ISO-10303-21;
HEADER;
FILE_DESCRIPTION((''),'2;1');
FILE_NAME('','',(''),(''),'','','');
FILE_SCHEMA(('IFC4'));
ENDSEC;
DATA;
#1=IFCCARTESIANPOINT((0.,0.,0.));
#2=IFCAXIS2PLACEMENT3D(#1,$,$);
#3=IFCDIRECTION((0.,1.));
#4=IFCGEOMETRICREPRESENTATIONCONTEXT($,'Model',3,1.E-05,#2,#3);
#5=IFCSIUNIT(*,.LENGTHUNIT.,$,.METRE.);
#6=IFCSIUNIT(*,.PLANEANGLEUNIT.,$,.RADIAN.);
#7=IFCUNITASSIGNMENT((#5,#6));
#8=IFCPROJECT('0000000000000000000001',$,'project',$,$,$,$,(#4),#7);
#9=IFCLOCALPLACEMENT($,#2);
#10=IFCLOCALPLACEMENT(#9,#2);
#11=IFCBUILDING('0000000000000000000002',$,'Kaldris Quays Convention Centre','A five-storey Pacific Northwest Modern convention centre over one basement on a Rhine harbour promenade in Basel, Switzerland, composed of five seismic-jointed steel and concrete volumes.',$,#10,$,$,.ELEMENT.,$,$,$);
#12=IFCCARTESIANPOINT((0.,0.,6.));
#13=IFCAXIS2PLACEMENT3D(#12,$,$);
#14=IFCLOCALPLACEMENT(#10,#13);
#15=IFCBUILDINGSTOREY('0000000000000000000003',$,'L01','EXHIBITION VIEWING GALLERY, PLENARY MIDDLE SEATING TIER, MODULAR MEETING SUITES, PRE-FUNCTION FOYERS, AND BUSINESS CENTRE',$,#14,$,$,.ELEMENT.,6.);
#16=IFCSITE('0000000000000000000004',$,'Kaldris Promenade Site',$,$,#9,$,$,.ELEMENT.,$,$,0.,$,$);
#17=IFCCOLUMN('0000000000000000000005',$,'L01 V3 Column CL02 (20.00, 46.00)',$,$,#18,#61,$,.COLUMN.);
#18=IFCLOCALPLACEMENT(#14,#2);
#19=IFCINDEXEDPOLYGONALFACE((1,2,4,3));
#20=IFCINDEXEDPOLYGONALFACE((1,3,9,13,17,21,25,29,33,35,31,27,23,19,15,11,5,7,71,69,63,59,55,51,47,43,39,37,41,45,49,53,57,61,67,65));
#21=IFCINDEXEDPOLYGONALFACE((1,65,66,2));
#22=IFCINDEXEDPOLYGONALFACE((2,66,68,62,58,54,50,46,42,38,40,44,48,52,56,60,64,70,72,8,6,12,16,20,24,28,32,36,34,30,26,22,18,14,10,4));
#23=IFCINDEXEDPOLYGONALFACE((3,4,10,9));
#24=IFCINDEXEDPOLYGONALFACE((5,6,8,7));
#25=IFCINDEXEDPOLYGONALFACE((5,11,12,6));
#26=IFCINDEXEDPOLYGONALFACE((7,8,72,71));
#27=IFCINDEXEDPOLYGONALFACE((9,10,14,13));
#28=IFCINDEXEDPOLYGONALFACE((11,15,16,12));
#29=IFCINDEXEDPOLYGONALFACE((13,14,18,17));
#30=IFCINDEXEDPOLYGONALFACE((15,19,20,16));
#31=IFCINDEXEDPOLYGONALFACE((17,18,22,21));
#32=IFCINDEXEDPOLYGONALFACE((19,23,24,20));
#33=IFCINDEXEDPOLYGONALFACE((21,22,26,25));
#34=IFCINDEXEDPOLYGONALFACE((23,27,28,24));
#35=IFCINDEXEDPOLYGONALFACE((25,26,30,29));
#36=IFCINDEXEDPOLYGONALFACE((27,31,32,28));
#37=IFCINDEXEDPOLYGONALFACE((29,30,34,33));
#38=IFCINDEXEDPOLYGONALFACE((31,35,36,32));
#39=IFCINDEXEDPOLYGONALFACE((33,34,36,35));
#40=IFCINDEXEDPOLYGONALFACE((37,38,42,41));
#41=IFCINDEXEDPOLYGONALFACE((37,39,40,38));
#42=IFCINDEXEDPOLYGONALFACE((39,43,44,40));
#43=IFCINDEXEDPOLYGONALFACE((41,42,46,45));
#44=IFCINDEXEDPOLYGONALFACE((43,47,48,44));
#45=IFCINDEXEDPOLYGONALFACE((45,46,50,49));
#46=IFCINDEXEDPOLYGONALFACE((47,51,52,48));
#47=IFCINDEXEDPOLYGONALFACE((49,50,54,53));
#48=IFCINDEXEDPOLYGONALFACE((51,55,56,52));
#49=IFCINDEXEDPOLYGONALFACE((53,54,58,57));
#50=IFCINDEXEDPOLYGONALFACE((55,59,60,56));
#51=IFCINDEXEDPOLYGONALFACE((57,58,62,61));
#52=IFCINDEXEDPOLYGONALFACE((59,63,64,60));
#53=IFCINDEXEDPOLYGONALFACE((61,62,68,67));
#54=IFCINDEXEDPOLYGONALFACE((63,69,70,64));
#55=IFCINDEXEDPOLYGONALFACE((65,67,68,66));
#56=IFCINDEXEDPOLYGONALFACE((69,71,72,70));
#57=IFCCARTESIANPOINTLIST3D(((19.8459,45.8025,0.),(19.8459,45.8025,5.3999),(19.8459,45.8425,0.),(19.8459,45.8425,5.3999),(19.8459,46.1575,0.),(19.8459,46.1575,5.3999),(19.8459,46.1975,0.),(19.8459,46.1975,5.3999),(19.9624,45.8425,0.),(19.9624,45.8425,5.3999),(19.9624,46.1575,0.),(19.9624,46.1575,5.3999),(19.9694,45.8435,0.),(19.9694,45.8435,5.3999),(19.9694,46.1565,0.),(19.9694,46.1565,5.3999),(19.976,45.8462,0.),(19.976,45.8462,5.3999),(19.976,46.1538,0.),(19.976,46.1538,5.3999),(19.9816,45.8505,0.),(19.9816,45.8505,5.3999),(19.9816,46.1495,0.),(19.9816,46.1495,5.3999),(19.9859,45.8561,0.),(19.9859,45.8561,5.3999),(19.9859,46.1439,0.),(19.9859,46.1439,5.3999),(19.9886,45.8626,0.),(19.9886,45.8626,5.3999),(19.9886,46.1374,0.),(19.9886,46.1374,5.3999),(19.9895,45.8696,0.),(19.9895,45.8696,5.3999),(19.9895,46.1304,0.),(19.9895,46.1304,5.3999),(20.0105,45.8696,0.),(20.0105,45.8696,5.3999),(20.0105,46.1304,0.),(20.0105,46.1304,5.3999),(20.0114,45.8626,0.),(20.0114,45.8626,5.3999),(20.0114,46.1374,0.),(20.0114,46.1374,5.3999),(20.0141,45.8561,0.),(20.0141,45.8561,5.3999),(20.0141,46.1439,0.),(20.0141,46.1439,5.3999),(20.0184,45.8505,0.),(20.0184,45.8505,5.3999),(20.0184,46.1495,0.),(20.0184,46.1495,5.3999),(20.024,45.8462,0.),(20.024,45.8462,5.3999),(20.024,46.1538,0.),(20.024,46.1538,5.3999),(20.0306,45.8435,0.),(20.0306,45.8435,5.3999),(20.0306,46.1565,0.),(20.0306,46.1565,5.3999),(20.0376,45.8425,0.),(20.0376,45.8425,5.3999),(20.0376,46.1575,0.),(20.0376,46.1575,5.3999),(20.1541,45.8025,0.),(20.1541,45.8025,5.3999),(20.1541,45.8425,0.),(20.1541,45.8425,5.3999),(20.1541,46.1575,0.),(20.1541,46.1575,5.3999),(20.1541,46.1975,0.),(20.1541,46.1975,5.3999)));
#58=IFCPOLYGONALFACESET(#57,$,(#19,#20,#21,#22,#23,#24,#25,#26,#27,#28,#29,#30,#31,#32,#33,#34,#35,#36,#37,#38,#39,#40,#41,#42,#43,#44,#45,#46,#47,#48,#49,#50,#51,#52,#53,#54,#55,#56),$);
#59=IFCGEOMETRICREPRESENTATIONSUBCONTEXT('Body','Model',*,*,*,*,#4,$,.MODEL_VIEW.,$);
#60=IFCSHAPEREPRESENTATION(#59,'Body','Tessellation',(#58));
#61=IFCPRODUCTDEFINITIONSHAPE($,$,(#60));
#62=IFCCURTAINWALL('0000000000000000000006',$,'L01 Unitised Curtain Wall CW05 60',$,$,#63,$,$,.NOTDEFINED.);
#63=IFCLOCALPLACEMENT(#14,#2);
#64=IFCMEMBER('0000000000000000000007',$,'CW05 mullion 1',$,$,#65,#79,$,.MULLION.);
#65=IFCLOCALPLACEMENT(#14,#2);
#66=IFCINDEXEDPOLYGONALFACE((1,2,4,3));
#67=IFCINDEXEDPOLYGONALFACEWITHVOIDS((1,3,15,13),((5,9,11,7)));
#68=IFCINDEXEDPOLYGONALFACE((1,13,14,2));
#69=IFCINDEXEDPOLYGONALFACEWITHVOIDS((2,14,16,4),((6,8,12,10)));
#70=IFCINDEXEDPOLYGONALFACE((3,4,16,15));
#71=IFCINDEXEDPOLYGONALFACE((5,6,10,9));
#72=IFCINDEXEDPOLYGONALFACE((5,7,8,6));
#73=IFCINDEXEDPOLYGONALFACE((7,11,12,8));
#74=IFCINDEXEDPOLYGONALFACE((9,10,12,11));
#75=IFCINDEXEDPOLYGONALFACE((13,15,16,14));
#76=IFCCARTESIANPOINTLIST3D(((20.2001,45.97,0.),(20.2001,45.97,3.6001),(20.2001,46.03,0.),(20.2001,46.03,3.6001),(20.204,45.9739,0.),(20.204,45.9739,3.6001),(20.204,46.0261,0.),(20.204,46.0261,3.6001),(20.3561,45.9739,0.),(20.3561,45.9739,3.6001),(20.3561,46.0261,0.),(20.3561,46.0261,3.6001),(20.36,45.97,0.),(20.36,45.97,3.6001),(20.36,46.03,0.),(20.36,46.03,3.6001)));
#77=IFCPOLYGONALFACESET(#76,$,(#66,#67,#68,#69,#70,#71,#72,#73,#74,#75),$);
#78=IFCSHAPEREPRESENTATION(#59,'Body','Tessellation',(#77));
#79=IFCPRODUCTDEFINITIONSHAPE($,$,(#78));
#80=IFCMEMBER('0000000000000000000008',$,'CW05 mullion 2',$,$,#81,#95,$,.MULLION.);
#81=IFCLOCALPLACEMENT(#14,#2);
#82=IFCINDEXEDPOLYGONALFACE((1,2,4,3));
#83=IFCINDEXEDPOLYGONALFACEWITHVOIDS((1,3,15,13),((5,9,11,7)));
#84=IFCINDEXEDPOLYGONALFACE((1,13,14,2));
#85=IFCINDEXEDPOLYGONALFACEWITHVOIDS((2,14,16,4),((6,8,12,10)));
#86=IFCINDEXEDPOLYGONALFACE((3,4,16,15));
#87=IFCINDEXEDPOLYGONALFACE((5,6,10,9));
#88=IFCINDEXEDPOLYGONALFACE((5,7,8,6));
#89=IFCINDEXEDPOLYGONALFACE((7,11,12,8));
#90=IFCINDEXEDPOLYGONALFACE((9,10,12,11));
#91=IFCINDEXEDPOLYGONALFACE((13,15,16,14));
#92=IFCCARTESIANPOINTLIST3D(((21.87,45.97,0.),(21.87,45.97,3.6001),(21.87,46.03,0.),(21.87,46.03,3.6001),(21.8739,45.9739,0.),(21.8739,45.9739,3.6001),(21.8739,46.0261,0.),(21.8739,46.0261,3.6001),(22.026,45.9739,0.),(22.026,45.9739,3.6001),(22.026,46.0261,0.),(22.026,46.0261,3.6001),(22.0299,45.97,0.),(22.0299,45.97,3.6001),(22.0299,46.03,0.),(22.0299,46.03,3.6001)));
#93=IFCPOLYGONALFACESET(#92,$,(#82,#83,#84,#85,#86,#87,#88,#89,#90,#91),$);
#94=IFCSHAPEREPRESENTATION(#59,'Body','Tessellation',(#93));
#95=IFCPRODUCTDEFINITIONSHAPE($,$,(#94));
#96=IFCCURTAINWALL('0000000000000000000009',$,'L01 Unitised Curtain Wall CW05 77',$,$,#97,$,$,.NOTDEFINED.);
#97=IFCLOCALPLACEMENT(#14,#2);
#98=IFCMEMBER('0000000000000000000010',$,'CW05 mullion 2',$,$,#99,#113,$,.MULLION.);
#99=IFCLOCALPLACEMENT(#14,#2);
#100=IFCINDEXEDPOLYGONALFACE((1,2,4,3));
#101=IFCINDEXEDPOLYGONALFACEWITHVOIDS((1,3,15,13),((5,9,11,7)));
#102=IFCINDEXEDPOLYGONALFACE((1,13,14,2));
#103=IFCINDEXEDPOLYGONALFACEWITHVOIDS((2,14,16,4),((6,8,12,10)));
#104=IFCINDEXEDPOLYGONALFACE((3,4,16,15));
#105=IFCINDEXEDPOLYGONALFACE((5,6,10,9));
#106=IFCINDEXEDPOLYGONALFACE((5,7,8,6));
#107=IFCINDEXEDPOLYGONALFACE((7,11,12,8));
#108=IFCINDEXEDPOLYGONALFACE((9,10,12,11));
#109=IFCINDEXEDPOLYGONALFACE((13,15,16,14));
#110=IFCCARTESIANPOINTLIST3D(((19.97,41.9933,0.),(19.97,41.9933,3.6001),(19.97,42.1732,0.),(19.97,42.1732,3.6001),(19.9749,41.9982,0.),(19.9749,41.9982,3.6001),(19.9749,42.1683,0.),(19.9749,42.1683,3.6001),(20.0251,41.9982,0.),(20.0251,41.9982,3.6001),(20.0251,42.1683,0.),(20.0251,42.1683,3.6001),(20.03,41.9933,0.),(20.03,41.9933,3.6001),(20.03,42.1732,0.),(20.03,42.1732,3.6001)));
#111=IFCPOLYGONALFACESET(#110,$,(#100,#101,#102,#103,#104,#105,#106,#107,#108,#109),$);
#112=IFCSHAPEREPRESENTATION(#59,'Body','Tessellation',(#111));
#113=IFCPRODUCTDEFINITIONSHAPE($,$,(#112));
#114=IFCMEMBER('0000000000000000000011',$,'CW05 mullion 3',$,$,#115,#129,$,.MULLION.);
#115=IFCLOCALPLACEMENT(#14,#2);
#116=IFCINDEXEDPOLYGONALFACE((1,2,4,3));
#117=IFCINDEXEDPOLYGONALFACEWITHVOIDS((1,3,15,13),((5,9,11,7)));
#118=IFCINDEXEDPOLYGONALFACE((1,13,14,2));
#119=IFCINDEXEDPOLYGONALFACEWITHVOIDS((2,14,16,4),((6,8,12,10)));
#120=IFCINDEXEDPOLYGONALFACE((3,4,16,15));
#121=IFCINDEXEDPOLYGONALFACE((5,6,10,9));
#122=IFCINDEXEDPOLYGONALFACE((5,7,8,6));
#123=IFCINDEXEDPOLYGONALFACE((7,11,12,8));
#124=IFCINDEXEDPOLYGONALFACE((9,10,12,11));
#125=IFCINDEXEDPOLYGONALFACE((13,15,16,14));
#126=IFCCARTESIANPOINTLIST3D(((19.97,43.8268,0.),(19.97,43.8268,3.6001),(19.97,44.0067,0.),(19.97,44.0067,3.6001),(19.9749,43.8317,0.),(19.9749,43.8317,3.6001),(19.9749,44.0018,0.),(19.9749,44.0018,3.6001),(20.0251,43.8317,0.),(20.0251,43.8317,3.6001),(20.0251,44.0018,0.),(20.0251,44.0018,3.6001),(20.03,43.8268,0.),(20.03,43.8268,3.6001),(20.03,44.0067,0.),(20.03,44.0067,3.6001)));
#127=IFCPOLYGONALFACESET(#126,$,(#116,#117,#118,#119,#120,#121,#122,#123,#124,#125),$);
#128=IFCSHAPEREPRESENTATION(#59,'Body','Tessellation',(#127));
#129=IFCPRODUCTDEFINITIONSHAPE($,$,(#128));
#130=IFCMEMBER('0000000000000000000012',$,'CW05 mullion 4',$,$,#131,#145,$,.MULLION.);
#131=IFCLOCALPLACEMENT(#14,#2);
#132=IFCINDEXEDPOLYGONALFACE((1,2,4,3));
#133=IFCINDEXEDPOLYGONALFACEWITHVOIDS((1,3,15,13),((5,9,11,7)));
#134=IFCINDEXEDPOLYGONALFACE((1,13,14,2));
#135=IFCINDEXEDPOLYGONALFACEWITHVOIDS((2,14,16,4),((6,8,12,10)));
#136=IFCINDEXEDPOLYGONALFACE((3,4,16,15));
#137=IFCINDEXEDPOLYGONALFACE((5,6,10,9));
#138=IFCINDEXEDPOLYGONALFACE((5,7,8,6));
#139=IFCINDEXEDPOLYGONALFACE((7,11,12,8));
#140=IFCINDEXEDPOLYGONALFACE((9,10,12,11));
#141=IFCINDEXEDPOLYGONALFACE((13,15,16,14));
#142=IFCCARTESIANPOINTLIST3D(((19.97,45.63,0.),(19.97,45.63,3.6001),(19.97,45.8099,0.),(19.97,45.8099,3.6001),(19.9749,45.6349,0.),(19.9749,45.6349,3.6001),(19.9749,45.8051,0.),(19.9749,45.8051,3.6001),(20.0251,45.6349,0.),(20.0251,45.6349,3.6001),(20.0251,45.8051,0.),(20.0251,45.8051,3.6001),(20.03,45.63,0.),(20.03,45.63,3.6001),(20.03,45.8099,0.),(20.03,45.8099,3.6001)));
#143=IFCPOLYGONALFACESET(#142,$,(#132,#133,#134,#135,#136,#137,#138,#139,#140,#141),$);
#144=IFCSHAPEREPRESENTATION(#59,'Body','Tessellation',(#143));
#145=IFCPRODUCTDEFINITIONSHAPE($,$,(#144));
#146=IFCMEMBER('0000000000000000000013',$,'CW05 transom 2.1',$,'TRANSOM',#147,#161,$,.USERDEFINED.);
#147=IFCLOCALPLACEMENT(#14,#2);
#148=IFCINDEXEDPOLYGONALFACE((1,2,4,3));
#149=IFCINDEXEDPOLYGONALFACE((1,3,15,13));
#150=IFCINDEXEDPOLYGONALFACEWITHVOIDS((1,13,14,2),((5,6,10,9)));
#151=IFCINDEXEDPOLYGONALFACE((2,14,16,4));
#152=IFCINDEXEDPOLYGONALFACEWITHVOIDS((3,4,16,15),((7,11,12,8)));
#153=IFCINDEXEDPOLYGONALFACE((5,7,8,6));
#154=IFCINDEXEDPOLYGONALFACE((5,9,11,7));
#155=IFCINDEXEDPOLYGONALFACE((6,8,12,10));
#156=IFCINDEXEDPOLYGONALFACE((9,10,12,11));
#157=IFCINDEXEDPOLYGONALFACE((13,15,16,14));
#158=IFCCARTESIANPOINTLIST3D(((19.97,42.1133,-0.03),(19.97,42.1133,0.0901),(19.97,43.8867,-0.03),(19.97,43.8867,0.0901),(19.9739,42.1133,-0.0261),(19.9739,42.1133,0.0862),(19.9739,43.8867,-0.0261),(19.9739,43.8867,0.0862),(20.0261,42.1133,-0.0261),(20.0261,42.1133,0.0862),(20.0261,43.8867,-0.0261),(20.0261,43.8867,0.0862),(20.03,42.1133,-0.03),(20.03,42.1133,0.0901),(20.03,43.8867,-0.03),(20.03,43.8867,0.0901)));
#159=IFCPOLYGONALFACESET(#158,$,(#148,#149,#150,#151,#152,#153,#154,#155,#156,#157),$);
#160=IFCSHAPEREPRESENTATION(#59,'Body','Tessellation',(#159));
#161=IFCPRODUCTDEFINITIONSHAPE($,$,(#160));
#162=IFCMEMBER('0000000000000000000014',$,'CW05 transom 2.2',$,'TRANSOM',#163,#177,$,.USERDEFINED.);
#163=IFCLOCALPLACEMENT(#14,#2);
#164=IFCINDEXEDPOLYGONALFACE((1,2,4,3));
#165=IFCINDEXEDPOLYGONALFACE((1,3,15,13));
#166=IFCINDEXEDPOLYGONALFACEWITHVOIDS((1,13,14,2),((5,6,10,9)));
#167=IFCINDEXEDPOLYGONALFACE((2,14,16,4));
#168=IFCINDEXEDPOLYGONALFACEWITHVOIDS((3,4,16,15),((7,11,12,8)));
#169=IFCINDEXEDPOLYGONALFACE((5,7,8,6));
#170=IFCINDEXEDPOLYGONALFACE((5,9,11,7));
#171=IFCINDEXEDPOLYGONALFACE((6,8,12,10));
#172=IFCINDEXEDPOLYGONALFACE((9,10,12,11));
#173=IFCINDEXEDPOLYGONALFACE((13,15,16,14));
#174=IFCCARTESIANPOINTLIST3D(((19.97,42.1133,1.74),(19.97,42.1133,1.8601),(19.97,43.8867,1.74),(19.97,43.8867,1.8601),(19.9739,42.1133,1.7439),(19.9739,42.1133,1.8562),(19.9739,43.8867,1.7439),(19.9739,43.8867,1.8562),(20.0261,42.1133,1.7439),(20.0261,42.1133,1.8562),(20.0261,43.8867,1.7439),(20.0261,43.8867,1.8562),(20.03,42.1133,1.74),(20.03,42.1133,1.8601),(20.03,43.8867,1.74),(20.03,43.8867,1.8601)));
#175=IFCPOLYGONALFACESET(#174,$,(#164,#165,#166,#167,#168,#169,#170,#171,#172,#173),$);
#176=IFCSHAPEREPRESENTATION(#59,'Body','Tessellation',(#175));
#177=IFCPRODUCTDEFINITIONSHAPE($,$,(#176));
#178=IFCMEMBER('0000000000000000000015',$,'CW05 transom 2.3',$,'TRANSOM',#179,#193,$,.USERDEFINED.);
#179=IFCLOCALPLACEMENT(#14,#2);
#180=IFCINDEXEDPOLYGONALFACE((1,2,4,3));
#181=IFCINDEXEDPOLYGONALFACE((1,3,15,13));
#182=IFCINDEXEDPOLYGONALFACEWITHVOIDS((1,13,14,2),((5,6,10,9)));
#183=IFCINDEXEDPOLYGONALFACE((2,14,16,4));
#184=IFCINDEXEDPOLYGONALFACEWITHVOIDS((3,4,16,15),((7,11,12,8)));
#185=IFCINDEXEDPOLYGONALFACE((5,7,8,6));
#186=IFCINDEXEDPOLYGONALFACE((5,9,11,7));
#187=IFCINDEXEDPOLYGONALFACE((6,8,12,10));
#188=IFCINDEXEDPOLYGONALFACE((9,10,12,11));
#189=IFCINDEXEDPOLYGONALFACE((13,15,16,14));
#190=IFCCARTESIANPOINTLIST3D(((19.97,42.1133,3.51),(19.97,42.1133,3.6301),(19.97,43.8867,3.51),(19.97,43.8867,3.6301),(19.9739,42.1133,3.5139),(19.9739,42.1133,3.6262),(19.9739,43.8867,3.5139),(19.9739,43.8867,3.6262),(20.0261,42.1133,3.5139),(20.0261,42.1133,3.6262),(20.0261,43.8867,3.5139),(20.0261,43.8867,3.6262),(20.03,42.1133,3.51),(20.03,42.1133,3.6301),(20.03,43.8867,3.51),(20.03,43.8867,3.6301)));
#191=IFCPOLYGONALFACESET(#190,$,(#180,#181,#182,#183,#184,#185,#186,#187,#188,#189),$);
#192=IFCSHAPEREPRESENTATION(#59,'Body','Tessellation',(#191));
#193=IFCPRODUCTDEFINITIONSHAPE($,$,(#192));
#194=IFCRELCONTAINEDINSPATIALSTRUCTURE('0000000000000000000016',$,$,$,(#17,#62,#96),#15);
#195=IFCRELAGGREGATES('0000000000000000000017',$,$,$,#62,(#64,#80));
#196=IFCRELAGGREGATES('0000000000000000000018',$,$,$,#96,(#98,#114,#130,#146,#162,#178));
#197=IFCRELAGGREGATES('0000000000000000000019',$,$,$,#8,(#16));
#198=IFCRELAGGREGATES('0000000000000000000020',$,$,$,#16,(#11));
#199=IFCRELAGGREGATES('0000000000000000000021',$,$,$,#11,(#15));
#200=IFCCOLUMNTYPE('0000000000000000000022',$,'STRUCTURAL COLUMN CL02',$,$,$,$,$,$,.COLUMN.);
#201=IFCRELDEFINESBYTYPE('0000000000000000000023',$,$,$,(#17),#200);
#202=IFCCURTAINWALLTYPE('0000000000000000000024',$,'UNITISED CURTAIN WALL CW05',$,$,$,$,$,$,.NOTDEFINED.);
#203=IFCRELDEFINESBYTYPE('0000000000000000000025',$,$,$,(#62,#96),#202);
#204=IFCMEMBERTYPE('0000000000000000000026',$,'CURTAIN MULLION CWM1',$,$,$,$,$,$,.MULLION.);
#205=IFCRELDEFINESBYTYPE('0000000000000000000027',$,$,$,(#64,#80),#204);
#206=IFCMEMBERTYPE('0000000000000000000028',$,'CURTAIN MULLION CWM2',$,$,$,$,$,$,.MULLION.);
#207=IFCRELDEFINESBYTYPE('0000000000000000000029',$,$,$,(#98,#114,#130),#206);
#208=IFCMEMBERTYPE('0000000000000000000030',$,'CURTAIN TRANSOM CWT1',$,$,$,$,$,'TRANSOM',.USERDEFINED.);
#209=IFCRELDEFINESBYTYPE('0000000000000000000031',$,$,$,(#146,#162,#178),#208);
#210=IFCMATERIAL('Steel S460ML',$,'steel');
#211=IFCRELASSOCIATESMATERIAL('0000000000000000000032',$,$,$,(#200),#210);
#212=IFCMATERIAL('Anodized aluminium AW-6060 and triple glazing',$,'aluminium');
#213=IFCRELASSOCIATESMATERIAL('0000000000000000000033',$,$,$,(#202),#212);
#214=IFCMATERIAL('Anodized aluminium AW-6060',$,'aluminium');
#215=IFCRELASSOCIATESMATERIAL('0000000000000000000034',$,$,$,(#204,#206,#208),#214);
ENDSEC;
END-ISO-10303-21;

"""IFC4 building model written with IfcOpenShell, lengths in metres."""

from ifc_helpers import new_model, si_unit, direction, frame, origin, origin_2d, place, context, subcontext, project, spatial, hollow_rectangle, i_section, extrude, material, material_profile, profile_set, type_object, element, aggregate, save


model = new_model("IFC4")

# Units and contexts
model_context = context("Model", 3, precision=1e-05, world=origin(), true_north=direction((0.0, 1.0)))
body_context = subcontext(model_context, "Body", "Model", "MODEL_VIEW")
ifc_project = project(units=[si_unit("LENGTHUNIT", "METRE"), si_unit("PLANEANGLEUNIT", "RADIAN")], contexts=[model_context])

# Site, building, storey
site_placement = place(None, origin())
site = spatial("IfcSite", under=ifc_project, at=site_placement, Name="Kaldris Promenade Site", CompositionType="ELEMENT", RefElevation=0.0)
building_placement = place(site_placement, origin())
building = spatial("IfcBuilding", under=site, at=building_placement, Name="Kaldris Quays Convention Centre", Description="A five-storey Pacific Northwest Modern convention centre over one basement on a Rhine harbour promenade in Basel, Switzerland, composed of five seismic-jointed steel and concrete volumes.", CompositionType="ELEMENT")
storey_placement = place(building_placement, frame((0.0, 0.0, 6.0)))
storey = spatial("IfcBuildingStorey", under=building, at=storey_placement, Name="L01", Description="EXHIBITION VIEWING GALLERY, PLENARY MIDDLE SEATING TIER, MODULAR MEETING SUITES, PRE-FUNCTION FOYERS, AND BUSINESS CENTRE", CompositionType="ELEMENT", Elevation=6.0)

# Column
ifc_material_1 = material(Name="Steel S460ML", Category="steel")
ifc_material_profile_1 = material_profile(ifc_material_1, i_section(OverallWidth=0.3081, OverallDepth=0.395, WebThickness=0.021, FlangeThickness=0.04, FilletRadius=0.0271, at=origin_2d()), Name="HEM 360")
ifc_profile_set_1 = profile_set([ifc_material_profile_1], Name="Steel S460ML")
column_type = type_object("IfcColumnType", Name="STRUCTURAL COLUMN CL02", PredefinedType="COLUMN", material=ifc_profile_set_1)
column_placement = place(storey_placement, frame((20.0, 46.0, 0.0), z_axis=(0.0, 0.0, 1.0), x_axis=(1.0, 0.0, 0.0)))
element("IfcColumn", 1, at=column_placement, inside=storey, type_object=column_type, Name="L01 V3 Column CL02 (20.00, 46.00)", PredefinedType="COLUMN", context=body_context, shape_type="SweptSolid", body=[
    extrude(i_section(OverallWidth=0.3081, OverallDepth=0.395, WebThickness=0.021, FlangeThickness=0.04, FilletRadius=0.0271, at=origin_2d()), origin(), (0.0, 0.0, 1.0), 5.3999),
])

# Curtain walls, members
ifc_material_2 = material(Name="Anodized aluminium AW-6060 and triple glazing", Category="aluminium")
curtain_wall_type = type_object("IfcCurtainWallType", Name="UNITISED CURTAIN WALL CW05", PredefinedType="NOTDEFINED", material=ifc_material_2)
curtain_wall_1_placement = place(storey_placement, origin())
curtain_wall_1 = element("IfcCurtainWall", 2, at=curtain_wall_1_placement, inside=storey, type_object=curtain_wall_type, Name="L01 Unitised Curtain Wall CW05 60", PredefinedType="NOTDEFINED")
ifc_material_3 = material(Name="Anodized aluminium AW-6060", Category="aluminium")
ifc_material_profile_2 = material_profile(ifc_material_3, hollow_rectangle(XDim=0.0601, YDim=0.1599, WallThickness=0.0039, at=origin_2d()), Name="RHS 160x60x4")
ifc_profile_set_2 = profile_set([ifc_material_profile_2], Name="Anodized aluminium AW-6060")
member_type_1 = type_object("IfcMemberType", Name="CURTAIN MULLION CWM1", PredefinedType="MULLION", material=ifc_profile_set_2)
member_1_placement = place(storey_placement, frame((20.28, 46.0, 0.0), z_axis=(0.0, 0.0, 1.0), x_axis=(0.0, 1.0, 0.0)))
member_1 = element("IfcMember", 3, at=member_1_placement, type_object=member_type_1, Name="CW05 mullion 1", PredefinedType="MULLION", context=body_context, shape_type="SweptSolid", body=[
    extrude(hollow_rectangle(XDim=0.0601, YDim=0.1599, WallThickness=0.0039, at=origin_2d()), origin(), (0.0, 0.0, 1.0), 3.6001),
])
member_2_placement = place(storey_placement, frame((21.95, 46.0, 0.0), z_axis=(0.0, 0.0, 1.0), x_axis=(0.0, 1.0, 0.0)))
member_2 = element("IfcMember", 4, at=member_2_placement, type_object=member_type_1, Name="CW05 mullion 2", PredefinedType="MULLION", context=body_context, shape_type="SweptSolid", body=[
    extrude(hollow_rectangle(XDim=0.0601, YDim=0.1599, WallThickness=0.0039, at=origin_2d()), origin(), (0.0, 0.0, 1.0), 3.6001),
])
curtain_wall_2_placement = place(storey_placement, origin())
curtain_wall_2 = element("IfcCurtainWall", 5, at=curtain_wall_2_placement, inside=storey, type_object=curtain_wall_type, Name="L01 Unitised Curtain Wall CW05 77", PredefinedType="NOTDEFINED")
ifc_material_profile_3 = material_profile(ifc_material_3, hollow_rectangle(XDim=0.0601, YDim=0.1799, WallThickness=0.0049, at=origin_2d()), Name="RHS 180x60x5")
ifc_profile_set_3 = profile_set([ifc_material_profile_3], Name="Anodized aluminium AW-6060")
member_type_2 = type_object("IfcMemberType", Name="CURTAIN MULLION CWM2", PredefinedType="MULLION", material=ifc_profile_set_3)
member_3_placement = place(storey_placement, frame((20.0, 42.0833, 0.0), z_axis=(0.0, 0.0, 1.0), x_axis=(-1.0, 0.0, 0.0)))
member_3 = element("IfcMember", 6, at=member_3_placement, type_object=member_type_2, Name="CW05 mullion 2", PredefinedType="MULLION", context=body_context, shape_type="SweptSolid", body=[
    extrude(hollow_rectangle(XDim=0.0601, YDim=0.1799, WallThickness=0.0049, at=origin_2d()), origin(), (0.0, 0.0, 1.0), 3.6001),
])
member_4_placement = place(storey_placement, frame((20.0, 43.9167, 0.0), z_axis=(0.0, 0.0, 1.0), x_axis=(-1.0, 0.0, 0.0)))
member_4 = element("IfcMember", 7, at=member_4_placement, type_object=member_type_2, Name="CW05 mullion 3", PredefinedType="MULLION", context=body_context, shape_type="SweptSolid", body=[
    extrude(hollow_rectangle(XDim=0.0601, YDim=0.1799, WallThickness=0.0049, at=origin_2d()), origin(), (0.0, 0.0, 1.0), 3.6001),
])
member_5_placement = place(storey_placement, frame((20.0, 45.72, 0.0), z_axis=(0.0, 0.0, 1.0), x_axis=(-1.0, 0.0, 0.0)))
member_5 = element("IfcMember", 8, at=member_5_placement, type_object=member_type_2, Name="CW05 mullion 4", PredefinedType="MULLION", context=body_context, shape_type="SweptSolid", body=[
    extrude(hollow_rectangle(XDim=0.0601, YDim=0.1799, WallThickness=0.0049, at=origin_2d()), origin(), (0.0, 0.0, 1.0), 3.6001),
])
ifc_material_profile_4 = material_profile(ifc_material_3, hollow_rectangle(XDim=0.0601, YDim=0.1201, WallThickness=0.0039, at=origin_2d()), Name="RHS 120x60x4")
ifc_profile_set_4 = profile_set([ifc_material_profile_4], Name="Anodized aluminium AW-6060")
member_type_3 = type_object("IfcMemberType", Name="CURTAIN TRANSOM CWT1", ElementType="TRANSOM", PredefinedType="USERDEFINED", material=ifc_profile_set_4)
member_6_placement = place(storey_placement, frame((20.0, 42.1133, 0.03), z_axis=(0.0, 1.0, 0.0), x_axis=(-1.0, 0.0, 0.0)))
member_6 = element("IfcMember", 9, at=member_6_placement, type_object=member_type_3, Name="CW05 transom 2.1", ObjectType="TRANSOM", PredefinedType="USERDEFINED", context=body_context, shape_type="SweptSolid", body=[
    extrude(hollow_rectangle(XDim=0.0601, YDim=0.1201, WallThickness=0.0039, at=origin_2d()), origin(), (0.0, 0.0, 1.0), 1.7734),
])
member_7_placement = place(storey_placement, frame((20.0, 42.1133, 1.8), z_axis=(0.0, 1.0, 0.0), x_axis=(-1.0, 0.0, 0.0)))
member_7 = element("IfcMember", 10, at=member_7_placement, type_object=member_type_3, Name="CW05 transom 2.2", ObjectType="TRANSOM", PredefinedType="USERDEFINED", context=body_context, shape_type="SweptSolid", body=[
    extrude(hollow_rectangle(XDim=0.0601, YDim=0.1201, WallThickness=0.0039, at=origin_2d()), origin(), (0.0, 0.0, 1.0), 1.7734),
])
member_8_placement = place(storey_placement, frame((20.0, 42.1133, 3.5701), z_axis=(0.0, 1.0, 0.0), x_axis=(-1.0, 0.0, 0.0)))
member_8 = element("IfcMember", 11, at=member_8_placement, type_object=member_type_3, Name="CW05 transom 2.3", ObjectType="TRANSOM", PredefinedType="USERDEFINED", context=body_context, shape_type="SweptSolid", body=[
    extrude(hollow_rectangle(XDim=0.0601, YDim=0.1201, WallThickness=0.0039, at=origin_2d()), origin(), (0.0, 0.0, 1.0), 1.7734),
])

aggregate(curtain_wall_1, [member_1, member_2])
aggregate(curtain_wall_2, [member_3, member_4, member_5, member_6, member_7, member_8])

save(model, "model.ifc")
